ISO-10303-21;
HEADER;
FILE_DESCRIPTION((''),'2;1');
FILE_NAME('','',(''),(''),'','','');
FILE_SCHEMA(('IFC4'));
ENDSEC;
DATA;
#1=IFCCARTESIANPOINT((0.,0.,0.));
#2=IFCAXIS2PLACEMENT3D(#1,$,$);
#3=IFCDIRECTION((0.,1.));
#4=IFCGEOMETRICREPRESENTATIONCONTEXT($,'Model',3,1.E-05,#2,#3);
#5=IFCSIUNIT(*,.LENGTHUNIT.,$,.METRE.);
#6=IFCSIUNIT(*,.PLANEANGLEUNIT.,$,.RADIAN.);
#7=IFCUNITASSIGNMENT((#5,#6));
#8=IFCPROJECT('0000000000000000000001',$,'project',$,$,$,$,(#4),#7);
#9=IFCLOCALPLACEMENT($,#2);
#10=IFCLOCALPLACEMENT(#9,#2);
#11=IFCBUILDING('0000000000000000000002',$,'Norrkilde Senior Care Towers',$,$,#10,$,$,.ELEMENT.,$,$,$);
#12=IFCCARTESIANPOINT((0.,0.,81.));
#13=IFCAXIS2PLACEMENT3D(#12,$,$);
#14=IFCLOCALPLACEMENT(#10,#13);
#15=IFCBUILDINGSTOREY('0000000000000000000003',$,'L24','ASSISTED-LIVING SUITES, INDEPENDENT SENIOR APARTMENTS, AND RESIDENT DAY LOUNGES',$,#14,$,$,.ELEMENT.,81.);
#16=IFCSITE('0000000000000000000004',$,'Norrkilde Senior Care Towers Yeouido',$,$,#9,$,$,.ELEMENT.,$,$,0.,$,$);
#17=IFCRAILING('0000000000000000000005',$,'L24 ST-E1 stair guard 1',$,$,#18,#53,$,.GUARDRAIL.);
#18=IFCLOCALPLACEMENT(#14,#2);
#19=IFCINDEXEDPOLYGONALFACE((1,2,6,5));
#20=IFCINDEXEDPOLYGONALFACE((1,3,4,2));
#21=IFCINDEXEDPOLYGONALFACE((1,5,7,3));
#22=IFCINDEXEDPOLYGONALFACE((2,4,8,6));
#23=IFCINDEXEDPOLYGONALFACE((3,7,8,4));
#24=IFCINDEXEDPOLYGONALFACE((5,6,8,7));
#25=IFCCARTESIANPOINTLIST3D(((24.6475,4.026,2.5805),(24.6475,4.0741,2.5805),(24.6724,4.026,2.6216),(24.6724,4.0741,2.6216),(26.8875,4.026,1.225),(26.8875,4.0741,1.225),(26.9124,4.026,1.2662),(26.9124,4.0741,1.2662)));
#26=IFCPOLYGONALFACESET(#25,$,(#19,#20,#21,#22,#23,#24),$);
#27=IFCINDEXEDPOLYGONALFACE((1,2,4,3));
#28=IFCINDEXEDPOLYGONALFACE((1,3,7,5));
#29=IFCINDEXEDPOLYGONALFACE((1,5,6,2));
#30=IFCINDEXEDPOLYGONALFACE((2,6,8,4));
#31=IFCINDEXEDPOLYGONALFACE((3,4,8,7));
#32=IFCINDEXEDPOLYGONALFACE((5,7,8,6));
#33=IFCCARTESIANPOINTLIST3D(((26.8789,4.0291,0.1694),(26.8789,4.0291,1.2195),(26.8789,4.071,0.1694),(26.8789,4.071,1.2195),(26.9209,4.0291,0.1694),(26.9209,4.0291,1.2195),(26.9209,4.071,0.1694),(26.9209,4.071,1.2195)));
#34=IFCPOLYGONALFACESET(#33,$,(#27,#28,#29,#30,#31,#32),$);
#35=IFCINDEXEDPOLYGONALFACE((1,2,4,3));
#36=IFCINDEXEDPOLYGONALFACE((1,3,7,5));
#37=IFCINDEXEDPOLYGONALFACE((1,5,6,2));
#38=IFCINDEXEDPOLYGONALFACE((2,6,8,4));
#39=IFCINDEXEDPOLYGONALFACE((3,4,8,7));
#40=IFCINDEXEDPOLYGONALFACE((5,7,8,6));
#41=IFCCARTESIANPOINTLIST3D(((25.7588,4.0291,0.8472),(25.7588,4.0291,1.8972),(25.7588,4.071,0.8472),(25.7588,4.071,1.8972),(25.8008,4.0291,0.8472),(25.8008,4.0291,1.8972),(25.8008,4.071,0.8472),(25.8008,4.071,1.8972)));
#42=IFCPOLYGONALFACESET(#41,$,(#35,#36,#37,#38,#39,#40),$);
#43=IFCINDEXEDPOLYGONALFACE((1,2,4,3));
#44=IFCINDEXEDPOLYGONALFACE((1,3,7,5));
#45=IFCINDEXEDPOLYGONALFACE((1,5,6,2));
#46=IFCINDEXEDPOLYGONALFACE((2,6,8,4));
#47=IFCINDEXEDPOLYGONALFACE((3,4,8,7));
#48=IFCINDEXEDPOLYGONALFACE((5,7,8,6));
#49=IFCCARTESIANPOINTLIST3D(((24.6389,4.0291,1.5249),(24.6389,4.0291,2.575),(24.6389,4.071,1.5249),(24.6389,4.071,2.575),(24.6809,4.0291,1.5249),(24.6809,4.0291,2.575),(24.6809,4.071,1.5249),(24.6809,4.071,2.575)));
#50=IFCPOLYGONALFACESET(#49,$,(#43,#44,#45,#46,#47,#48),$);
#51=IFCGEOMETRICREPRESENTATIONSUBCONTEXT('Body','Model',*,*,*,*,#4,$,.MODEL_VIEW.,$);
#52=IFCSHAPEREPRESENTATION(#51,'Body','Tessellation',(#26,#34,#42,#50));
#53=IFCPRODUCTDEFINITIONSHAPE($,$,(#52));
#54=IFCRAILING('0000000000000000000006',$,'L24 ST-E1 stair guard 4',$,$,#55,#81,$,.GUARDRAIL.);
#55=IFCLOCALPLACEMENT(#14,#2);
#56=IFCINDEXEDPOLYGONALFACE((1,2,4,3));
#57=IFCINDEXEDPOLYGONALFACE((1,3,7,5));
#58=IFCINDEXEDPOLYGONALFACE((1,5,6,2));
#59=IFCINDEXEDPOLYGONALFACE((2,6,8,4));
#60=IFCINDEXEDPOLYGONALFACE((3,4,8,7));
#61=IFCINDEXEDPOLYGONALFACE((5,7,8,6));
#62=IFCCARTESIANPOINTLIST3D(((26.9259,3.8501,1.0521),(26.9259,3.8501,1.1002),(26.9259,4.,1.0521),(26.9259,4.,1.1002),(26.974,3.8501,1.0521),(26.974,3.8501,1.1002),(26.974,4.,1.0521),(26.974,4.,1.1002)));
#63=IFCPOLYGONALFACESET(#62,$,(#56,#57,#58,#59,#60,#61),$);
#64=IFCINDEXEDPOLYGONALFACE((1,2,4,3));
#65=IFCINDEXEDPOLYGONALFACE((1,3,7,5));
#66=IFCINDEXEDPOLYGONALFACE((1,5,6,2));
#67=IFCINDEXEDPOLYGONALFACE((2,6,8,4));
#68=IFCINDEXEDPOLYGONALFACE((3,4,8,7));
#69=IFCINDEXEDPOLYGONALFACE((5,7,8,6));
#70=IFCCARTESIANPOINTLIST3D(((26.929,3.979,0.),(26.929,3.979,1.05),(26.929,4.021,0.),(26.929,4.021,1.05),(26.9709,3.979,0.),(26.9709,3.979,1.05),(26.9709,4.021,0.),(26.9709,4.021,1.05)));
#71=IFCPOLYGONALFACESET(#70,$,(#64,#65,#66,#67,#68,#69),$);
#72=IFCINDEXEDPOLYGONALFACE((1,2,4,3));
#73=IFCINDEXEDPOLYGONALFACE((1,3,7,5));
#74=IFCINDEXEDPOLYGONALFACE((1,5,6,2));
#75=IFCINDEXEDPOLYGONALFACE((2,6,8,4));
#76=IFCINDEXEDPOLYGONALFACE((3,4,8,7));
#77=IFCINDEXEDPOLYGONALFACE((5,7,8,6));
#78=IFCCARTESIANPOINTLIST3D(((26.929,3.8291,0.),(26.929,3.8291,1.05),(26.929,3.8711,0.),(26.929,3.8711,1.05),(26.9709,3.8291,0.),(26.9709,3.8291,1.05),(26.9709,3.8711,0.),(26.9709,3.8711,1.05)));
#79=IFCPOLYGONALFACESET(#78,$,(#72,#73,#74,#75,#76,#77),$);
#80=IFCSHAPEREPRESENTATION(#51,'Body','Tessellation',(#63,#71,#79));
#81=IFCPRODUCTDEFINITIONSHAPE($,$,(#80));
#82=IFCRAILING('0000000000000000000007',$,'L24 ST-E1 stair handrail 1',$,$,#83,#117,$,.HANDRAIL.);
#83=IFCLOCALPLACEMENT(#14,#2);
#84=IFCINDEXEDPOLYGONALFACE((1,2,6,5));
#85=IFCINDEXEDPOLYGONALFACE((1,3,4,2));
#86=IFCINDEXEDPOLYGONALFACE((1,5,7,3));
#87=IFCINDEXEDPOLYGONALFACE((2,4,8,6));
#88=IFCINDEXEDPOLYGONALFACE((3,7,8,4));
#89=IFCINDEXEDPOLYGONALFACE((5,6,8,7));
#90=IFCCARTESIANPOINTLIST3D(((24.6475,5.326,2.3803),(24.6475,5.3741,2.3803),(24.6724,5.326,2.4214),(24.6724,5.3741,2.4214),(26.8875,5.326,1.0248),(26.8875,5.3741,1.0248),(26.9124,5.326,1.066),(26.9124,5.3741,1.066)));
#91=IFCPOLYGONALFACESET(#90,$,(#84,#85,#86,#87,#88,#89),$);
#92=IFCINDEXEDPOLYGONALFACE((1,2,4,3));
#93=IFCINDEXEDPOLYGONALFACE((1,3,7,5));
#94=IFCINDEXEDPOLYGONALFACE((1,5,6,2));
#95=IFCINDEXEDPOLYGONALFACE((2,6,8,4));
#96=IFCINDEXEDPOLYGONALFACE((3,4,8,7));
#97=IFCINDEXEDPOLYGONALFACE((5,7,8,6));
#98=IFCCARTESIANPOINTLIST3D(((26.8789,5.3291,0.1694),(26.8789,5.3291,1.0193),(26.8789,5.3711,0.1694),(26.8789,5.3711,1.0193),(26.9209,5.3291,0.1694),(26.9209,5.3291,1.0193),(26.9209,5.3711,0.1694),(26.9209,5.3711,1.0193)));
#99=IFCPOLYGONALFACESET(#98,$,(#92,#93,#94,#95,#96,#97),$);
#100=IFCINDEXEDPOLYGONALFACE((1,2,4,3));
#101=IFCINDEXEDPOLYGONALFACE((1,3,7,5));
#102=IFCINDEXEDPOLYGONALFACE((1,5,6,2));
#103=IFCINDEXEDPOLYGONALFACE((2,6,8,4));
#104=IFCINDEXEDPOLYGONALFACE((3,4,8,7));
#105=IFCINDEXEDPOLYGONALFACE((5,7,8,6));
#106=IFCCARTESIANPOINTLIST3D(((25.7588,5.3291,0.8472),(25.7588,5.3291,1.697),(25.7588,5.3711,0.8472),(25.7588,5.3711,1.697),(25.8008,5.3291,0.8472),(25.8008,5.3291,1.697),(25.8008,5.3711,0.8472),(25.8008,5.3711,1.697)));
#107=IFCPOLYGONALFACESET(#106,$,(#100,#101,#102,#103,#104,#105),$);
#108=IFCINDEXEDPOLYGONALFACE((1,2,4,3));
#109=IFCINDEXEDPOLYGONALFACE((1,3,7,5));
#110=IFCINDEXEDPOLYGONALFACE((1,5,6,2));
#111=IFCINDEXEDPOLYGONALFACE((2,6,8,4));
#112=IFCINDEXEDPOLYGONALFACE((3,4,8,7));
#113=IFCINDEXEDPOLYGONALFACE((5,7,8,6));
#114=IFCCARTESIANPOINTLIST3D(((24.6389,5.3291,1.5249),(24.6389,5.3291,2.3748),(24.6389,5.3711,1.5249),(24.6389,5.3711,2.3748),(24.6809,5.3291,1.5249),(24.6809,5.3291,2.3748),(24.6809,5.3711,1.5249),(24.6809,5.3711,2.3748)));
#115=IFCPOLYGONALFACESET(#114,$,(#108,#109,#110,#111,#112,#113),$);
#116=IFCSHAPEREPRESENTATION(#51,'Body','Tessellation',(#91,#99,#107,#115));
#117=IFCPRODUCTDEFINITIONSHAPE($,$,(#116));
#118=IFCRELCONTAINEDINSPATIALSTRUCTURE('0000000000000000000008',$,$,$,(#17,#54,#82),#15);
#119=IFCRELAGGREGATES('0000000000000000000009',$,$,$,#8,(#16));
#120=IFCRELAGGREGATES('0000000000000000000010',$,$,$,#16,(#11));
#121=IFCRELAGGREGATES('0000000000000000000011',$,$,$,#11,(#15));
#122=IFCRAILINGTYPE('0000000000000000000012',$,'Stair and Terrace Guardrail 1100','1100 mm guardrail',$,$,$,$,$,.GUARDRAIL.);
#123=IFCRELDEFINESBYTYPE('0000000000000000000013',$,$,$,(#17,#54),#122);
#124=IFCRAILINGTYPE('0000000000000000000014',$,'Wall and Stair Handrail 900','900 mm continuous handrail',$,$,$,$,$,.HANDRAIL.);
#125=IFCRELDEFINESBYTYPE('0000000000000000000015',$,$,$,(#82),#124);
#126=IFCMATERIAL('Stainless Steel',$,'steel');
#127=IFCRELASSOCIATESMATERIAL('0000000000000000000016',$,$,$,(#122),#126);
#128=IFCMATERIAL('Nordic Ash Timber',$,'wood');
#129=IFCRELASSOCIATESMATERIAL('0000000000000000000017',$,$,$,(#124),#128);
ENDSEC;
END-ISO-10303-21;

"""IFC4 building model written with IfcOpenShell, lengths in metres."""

from ifc_helpers import new_model, si_unit, direction, frame, origin, origin_2d, place, context, subcontext, project, spatial, rectangle, extrude, material, type_object, element, save


model = new_model("IFC4")

# Units and contexts
model_context = context("Model", 3, precision=1e-05, world=origin(), true_north=direction((0.0, 1.0)))
body_context = subcontext(model_context, "Body", "Model", "MODEL_VIEW")
ifc_project = project(units=[si_unit("LENGTHUNIT", "METRE"), si_unit("PLANEANGLEUNIT", "RADIAN")], contexts=[model_context])

# Site, building, storey
site_placement = place(None, origin())
site = spatial("IfcSite", under=ifc_project, at=site_placement, Name="Norrkilde Senior Care Towers Yeouido", CompositionType="ELEMENT", RefElevation=0.0)
building_placement = place(site_placement, origin())
building = spatial("IfcBuilding", under=site, at=building_placement, Name="Norrkilde Senior Care Towers", CompositionType="ELEMENT")
storey_placement = place(building_placement, frame((0.0, 0.0, 81.0)))
storey = spatial("IfcBuildingStorey", under=building, at=storey_placement, Name="L24", Description="ASSISTED-LIVING SUITES, INDEPENDENT SENIOR APARTMENTS, AND RESIDENT DAY LOUNGES", CompositionType="ELEMENT", Elevation=81.0)

# Shared definitions
ifc_material_1 = material(Name="Stainless Steel", Category="steel")

# Shared definitions
ifc_material_2 = material(Name="Nordic Ash Timber", Category="wood")

# Railings
railing_type_1 = type_object("IfcRailingType", Name="Stair and Terrace Guardrail 1100", Description="1100 mm guardrail", PredefinedType="GUARDRAIL", material=ifc_material_1)
railing_1_placement = place(storey_placement, frame((26.8999, 4.05, 0.1694)))
element("IfcRailing", 1, at=railing_1_placement, inside=storey, type_object=railing_type_1, Name="L24 ST-E1 stair guard 1", PredefinedType="GUARDRAIL", context=body_context, shape_type="SweptSolid", body=[
    extrude(rectangle(XDim=0.0481, YDim=0.0481, at=origin_2d()), frame((0.0, 0.0, 1.0762), z_axis=(-0.855553, 0.0, 0.517715), x_axis=(0.0, -1.0, 0.0)), (0.0, 0.0, 1.0), 2.6182),
    extrude(rectangle(XDim=0.042, YDim=0.042, at=origin_2d()), origin(), (0.0, 0.0, 1.0), 1.05),
    extrude(rectangle(XDim=0.042, YDim=0.042, at=origin_2d()), frame((-1.1201, 0.0, 0.6777)), (0.0, 0.0, 1.0), 1.05),
    extrude(rectangle(XDim=0.042, YDim=0.042, at=origin_2d()), frame((-2.24, 0.0, 1.3555)), (0.0, 0.0, 1.0), 1.05),
])
railing_2_placement = place(storey_placement, frame((26.95, 4.0, 0.0)))
element("IfcRailing", 2, at=railing_2_placement, inside=storey, type_object=railing_type_1, Name="L24 ST-E1 stair guard 4", PredefinedType="GUARDRAIL", context=body_context, shape_type="SweptSolid", body=[
    extrude(rectangle(XDim=0.0481, YDim=0.0481, at=origin_2d()), frame((0.0, 0.0, 1.0762), z_axis=(0.0, -1.0, 0.0), x_axis=(1.0, 0.0, 0.0)), (0.0, 0.0, 1.0), 0.1499),
    extrude(rectangle(XDim=0.042, YDim=0.042, at=origin_2d()), origin(), (0.0, 0.0, 1.0), 1.05),
    extrude(rectangle(XDim=0.042, YDim=0.042, at=origin_2d()), frame((0.0, -0.1499, 0.0)), (0.0, 0.0, 1.0), 1.05),
])
railing_type_2 = type_object("IfcRailingType", Name="Wall and Stair Handrail 900", Description="900 mm continuous handrail", PredefinedType="HANDRAIL", material=ifc_material_2)
railing_3_placement = place(storey_placement, frame((26.8999, 5.3501, 0.1694)))
element("IfcRailing", 3, at=railing_3_placement, inside=storey, type_object=railing_type_2, Name="L24 ST-E1 stair handrail 1", PredefinedType="HANDRAIL", context=body_context, shape_type="SweptSolid", body=[
    extrude(rectangle(XDim=0.0481, YDim=0.0481, at=origin_2d()), frame((0.0, 0.0, 0.876), z_axis=(-0.855553, 0.0, 0.517715), x_axis=(0.0, -1.0, 0.0)), (0.0, 0.0, 1.0), 2.6182),
    extrude(rectangle(XDim=0.042, YDim=0.042, at=origin_2d()), origin(), (0.0, 0.0, 1.0), 0.8499),
    extrude(rectangle(XDim=0.042, YDim=0.042, at=origin_2d()), frame((-1.1201, 0.0, 0.6777)), (0.0, 0.0, 1.0), 0.8499),
    extrude(rectangle(XDim=0.042, YDim=0.042, at=origin_2d()), frame((-2.24, 0.0, 1.3555)), (0.0, 0.0, 1.0), 0.8499),
])

save(model, "model.ifc")
